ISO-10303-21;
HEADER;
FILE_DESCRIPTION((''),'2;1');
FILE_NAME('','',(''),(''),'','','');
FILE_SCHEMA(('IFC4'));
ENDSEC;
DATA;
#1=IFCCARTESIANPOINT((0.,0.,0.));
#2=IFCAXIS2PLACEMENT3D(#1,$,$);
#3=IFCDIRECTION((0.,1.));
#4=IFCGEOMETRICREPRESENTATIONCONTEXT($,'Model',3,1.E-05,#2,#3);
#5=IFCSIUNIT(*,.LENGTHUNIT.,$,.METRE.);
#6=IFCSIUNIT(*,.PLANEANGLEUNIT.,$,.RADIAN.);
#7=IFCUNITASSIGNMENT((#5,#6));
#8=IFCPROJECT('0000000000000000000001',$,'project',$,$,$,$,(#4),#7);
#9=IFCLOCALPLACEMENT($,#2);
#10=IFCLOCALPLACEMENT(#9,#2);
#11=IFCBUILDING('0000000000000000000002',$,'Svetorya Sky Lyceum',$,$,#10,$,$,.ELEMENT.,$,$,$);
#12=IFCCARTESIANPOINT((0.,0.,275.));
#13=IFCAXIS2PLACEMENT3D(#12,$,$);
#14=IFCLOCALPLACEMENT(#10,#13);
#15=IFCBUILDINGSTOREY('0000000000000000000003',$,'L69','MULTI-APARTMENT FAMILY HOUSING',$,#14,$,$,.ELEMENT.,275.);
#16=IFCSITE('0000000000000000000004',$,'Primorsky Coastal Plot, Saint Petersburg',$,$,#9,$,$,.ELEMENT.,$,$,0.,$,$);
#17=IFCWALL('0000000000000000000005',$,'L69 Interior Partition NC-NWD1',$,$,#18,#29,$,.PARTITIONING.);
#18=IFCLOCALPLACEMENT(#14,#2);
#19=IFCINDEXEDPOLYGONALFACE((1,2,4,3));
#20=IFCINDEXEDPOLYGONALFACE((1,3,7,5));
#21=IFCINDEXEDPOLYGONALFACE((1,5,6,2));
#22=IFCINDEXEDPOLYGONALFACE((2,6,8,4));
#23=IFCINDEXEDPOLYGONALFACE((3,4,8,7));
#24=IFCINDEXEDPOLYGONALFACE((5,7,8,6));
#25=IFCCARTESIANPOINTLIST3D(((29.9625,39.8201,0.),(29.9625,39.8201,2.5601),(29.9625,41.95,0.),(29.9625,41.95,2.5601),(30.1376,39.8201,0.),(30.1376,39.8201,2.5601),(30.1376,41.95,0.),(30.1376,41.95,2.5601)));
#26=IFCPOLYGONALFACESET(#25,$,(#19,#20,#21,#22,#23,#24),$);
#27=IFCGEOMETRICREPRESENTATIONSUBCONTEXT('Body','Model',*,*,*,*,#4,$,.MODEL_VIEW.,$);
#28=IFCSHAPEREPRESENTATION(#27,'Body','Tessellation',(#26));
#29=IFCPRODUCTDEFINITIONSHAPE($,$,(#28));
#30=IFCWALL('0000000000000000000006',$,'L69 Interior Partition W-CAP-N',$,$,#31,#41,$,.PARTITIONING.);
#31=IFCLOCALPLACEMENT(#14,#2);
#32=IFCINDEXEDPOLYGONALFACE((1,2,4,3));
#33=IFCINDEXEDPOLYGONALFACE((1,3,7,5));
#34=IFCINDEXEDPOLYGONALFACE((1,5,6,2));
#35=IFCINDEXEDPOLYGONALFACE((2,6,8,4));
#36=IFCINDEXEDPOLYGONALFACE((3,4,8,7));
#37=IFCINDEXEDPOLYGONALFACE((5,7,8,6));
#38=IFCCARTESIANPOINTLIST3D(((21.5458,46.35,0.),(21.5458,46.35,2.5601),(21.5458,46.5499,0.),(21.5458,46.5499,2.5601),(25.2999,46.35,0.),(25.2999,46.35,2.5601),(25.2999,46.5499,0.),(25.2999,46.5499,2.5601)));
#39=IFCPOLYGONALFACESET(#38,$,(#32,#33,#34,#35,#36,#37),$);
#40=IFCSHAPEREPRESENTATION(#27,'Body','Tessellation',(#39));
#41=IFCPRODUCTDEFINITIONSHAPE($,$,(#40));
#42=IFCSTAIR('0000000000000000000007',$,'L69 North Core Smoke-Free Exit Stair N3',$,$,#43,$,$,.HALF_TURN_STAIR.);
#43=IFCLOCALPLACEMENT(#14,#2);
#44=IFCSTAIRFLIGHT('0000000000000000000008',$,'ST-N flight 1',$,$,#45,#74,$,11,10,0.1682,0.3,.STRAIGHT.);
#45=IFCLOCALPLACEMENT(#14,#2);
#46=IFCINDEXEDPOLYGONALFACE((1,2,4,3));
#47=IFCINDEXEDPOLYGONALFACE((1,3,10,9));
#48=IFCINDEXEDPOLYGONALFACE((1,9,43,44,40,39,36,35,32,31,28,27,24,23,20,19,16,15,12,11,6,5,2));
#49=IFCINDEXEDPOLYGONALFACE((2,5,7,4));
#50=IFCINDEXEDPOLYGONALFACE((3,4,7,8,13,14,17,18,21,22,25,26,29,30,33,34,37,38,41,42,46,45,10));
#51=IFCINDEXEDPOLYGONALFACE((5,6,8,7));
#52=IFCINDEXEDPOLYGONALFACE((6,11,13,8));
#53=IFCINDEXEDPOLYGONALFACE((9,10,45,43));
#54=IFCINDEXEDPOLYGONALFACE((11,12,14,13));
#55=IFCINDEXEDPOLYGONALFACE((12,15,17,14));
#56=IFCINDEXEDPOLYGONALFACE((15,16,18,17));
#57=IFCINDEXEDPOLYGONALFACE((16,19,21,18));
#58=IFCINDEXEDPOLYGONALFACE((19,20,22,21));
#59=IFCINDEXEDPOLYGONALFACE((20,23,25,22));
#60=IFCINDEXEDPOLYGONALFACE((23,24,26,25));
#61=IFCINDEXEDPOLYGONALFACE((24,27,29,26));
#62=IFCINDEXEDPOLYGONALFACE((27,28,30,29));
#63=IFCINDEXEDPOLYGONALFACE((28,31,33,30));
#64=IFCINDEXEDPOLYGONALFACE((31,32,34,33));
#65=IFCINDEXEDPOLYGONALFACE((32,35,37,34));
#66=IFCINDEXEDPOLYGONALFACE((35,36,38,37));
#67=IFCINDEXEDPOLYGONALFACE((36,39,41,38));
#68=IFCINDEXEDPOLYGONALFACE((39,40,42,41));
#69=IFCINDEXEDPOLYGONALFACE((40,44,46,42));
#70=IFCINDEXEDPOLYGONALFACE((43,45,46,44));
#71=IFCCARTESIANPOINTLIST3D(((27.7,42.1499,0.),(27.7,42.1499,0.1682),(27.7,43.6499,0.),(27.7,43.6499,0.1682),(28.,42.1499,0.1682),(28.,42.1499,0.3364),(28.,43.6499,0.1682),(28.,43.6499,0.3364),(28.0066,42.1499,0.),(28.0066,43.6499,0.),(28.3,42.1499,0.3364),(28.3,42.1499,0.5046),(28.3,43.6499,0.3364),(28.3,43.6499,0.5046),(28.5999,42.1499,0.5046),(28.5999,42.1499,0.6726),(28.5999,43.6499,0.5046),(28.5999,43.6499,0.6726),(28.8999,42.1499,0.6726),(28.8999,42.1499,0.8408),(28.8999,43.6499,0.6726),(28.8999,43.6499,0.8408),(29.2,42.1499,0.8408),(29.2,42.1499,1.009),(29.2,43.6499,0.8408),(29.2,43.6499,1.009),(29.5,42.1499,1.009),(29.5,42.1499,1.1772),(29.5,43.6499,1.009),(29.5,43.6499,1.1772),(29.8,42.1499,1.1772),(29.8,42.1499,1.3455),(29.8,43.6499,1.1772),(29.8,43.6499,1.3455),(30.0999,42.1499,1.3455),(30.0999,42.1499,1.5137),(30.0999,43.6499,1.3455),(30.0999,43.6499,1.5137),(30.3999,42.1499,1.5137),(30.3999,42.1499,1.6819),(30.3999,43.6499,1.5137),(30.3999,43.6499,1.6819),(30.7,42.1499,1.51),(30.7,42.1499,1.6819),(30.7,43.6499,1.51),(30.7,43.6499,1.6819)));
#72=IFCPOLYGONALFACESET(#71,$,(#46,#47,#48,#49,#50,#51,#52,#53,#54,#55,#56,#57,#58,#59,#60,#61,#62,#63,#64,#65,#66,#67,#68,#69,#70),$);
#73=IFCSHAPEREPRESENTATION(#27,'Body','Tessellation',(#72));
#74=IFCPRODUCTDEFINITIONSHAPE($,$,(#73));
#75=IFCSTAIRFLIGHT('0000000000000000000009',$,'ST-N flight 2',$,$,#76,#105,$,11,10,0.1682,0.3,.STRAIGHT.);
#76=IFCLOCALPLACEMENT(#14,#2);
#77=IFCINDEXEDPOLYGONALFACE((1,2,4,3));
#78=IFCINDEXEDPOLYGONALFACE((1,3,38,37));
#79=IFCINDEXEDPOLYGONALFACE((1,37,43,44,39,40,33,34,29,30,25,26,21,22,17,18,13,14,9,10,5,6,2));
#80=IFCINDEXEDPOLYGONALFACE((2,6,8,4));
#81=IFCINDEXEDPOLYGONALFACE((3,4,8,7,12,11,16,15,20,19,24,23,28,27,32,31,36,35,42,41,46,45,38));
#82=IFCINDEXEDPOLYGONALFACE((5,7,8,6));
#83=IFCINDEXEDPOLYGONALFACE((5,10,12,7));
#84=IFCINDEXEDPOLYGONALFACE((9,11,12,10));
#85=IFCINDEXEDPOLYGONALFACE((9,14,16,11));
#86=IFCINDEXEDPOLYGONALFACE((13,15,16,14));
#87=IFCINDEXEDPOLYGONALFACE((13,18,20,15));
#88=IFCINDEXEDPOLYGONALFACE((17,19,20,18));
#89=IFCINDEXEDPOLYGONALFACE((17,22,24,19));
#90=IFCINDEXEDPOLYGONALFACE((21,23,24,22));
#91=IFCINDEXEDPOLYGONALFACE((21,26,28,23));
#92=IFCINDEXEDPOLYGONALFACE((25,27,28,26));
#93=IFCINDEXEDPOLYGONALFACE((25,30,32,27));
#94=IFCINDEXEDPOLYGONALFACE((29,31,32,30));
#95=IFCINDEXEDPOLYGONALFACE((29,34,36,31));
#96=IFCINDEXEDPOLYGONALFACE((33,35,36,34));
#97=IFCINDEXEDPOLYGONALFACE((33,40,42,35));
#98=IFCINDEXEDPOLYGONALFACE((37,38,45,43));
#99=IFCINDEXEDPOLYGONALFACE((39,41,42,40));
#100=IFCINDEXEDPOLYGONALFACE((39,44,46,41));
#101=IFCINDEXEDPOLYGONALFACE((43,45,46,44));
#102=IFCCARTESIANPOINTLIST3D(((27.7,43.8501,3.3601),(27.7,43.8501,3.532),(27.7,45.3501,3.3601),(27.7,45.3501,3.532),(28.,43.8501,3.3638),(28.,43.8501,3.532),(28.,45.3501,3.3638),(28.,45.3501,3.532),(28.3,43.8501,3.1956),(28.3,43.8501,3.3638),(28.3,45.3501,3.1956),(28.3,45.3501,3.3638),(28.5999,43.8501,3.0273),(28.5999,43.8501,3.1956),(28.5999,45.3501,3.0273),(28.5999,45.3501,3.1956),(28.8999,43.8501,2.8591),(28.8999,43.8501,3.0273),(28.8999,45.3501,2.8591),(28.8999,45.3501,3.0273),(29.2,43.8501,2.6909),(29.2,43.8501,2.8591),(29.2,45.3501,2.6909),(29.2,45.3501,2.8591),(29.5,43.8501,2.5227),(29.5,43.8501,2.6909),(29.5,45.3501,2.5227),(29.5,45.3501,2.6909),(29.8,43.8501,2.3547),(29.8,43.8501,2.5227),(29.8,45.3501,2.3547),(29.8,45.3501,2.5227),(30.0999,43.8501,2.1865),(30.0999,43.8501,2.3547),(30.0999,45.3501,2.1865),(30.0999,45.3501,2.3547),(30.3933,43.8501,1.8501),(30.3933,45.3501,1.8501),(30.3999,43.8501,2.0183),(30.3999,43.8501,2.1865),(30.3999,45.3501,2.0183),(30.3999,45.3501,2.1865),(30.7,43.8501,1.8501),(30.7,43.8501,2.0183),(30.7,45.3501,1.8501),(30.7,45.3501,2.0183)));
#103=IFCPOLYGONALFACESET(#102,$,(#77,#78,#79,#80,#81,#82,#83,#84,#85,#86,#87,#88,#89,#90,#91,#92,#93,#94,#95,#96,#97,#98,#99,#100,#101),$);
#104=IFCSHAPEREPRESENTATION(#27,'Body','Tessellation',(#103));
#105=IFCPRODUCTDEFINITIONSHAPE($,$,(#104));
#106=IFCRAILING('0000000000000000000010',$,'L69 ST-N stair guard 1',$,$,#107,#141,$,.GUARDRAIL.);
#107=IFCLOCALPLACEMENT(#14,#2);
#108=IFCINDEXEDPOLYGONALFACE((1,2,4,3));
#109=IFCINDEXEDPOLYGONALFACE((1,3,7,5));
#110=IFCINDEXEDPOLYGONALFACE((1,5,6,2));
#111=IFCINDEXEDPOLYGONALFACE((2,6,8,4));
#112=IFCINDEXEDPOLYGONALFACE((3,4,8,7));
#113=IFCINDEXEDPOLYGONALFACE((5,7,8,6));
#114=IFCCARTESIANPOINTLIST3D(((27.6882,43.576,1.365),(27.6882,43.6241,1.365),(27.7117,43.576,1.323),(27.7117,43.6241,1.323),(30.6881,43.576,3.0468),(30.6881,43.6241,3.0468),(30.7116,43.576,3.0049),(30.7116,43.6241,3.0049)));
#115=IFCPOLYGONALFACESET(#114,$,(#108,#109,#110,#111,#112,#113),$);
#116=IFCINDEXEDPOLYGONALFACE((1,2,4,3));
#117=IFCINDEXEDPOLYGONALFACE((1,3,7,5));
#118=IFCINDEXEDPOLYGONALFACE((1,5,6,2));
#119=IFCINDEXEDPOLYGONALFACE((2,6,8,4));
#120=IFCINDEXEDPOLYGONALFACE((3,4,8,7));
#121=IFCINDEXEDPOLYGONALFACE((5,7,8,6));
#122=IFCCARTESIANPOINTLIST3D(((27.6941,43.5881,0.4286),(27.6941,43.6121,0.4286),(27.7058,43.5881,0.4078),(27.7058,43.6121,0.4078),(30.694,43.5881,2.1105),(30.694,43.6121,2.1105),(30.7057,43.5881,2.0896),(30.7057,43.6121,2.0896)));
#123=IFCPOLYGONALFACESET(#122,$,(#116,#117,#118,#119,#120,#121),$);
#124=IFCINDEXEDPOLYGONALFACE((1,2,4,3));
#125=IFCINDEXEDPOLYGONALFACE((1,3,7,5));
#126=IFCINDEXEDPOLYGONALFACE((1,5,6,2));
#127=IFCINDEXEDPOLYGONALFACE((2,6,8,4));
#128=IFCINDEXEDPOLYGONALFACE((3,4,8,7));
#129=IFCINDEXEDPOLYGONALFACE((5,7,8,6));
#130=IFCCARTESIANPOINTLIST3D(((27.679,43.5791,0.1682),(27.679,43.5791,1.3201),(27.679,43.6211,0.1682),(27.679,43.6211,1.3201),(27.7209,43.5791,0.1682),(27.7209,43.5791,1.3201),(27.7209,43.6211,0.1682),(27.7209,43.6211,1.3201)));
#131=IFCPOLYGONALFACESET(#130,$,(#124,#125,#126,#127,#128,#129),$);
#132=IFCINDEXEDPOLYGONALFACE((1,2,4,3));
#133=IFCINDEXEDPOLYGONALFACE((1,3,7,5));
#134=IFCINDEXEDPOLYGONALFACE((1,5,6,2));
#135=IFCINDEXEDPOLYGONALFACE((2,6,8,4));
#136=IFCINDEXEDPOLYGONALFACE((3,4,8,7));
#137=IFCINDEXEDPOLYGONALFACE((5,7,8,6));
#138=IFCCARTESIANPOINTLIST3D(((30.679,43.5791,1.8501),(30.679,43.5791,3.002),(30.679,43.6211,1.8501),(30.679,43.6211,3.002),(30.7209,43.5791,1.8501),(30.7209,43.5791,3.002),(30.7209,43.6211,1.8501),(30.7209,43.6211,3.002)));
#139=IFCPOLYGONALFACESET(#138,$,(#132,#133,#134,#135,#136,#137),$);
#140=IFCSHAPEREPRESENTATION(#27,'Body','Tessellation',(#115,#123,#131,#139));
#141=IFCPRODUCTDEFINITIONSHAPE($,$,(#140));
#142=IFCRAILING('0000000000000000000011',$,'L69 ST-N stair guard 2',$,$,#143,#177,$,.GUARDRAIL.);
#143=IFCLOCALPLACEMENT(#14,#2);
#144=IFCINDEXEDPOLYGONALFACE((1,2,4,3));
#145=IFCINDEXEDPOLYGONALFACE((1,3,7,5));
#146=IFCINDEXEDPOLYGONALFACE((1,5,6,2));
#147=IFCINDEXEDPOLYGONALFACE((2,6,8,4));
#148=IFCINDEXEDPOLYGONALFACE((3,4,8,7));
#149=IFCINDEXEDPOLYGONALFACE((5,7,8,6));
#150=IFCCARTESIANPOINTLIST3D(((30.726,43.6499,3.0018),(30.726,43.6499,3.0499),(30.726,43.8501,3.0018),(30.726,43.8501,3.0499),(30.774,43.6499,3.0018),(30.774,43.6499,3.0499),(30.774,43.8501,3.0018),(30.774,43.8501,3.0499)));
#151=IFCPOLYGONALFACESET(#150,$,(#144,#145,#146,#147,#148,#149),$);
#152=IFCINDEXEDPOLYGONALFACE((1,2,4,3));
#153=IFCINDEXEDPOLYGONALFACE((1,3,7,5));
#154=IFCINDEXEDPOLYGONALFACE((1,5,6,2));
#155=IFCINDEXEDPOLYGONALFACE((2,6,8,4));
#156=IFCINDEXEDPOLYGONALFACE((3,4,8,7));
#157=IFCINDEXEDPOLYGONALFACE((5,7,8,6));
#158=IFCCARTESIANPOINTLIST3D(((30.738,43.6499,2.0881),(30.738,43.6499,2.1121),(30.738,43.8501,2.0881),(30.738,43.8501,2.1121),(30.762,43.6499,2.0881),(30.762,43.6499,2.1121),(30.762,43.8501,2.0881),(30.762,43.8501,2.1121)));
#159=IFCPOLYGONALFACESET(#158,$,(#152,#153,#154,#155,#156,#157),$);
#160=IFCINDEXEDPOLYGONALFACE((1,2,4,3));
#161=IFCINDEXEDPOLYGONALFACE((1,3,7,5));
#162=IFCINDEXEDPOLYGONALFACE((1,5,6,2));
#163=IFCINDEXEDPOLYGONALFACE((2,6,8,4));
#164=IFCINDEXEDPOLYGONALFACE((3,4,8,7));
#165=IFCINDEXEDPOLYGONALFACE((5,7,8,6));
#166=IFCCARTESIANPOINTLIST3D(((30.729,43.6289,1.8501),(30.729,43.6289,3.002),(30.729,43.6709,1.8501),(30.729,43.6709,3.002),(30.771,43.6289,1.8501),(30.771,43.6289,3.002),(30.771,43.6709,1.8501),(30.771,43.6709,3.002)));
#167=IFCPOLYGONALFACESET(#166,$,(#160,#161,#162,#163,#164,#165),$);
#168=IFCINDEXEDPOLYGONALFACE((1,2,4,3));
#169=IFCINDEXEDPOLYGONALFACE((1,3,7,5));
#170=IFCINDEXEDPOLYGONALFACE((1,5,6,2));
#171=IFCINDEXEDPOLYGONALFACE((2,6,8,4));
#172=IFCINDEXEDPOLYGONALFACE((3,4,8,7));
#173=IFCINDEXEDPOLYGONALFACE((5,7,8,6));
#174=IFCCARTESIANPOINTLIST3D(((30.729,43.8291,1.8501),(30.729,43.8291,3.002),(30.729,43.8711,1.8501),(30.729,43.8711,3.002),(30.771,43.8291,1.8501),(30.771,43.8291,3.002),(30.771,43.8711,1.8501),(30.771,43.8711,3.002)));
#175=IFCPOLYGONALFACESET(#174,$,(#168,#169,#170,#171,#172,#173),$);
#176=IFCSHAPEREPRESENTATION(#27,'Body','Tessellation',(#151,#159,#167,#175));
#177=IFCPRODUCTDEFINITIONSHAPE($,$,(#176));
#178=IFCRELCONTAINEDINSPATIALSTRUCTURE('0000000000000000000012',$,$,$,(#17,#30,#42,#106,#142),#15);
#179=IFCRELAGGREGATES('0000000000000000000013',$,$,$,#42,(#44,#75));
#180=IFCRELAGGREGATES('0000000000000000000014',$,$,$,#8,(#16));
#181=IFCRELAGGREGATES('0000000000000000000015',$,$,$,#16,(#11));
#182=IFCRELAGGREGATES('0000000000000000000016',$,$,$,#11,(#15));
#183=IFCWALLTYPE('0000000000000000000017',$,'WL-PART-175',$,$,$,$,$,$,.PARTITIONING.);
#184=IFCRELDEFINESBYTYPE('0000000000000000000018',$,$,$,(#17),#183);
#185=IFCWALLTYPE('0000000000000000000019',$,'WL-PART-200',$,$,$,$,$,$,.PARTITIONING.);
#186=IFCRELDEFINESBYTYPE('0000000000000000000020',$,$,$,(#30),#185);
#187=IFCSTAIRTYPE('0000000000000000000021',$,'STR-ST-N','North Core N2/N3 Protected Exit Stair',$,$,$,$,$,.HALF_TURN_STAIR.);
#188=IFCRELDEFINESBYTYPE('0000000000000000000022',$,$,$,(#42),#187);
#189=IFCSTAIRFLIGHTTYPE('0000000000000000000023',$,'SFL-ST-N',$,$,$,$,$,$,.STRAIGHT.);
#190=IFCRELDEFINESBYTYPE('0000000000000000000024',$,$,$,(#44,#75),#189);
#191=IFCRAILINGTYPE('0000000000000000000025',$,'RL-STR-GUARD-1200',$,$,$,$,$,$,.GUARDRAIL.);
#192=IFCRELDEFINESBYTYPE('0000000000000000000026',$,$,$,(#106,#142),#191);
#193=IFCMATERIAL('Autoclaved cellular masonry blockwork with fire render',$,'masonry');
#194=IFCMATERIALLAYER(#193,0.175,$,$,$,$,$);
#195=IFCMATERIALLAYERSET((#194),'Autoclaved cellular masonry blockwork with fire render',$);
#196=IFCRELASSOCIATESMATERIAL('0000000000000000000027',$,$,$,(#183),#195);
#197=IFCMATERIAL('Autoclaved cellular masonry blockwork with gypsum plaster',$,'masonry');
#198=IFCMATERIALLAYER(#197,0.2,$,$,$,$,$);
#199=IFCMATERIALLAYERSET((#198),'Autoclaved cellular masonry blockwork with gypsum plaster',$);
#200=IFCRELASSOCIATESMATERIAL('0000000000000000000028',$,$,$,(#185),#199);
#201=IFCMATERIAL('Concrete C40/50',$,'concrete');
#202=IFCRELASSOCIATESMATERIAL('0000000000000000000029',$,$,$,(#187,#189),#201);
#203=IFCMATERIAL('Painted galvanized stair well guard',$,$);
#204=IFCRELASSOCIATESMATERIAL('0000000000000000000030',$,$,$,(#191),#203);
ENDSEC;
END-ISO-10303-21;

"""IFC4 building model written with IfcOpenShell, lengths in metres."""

from ifc_helpers import new_model, si_unit, direction, frame, frame_2d, origin, origin_2d, place, context, subcontext, project, spatial, polyline, rectangle, outline, extrude, material, layer, layer_set, type_object, element, aggregate, save


model = new_model("IFC4")

# Units and contexts
model_context = context("Model", 3, precision=1e-05, world=origin(), true_north=direction((0.0, 1.0)))
body_context = subcontext(model_context, "Body", "Model", "MODEL_VIEW")
ifc_project = project(units=[si_unit("LENGTHUNIT", "METRE"), si_unit("PLANEANGLEUNIT", "RADIAN")], contexts=[model_context])

# Site, building, storey
site_placement = place(None, origin())
site = spatial("IfcSite", under=ifc_project, at=site_placement, Name="Primorsky Coastal Plot, Saint Petersburg", CompositionType="ELEMENT", RefElevation=0.0)
building_placement = place(site_placement, origin())
building = spatial("IfcBuilding", under=site, at=building_placement, Name="Svetorya Sky Lyceum", CompositionType="ELEMENT")
storey_placement = place(building_placement, frame((0.0, 0.0, 275.0)))
storey = spatial("IfcBuildingStorey", under=building, at=storey_placement, Name="L69", Description="MULTI-APARTMENT FAMILY HOUSING", CompositionType="ELEMENT", Elevation=275.0)

# Shared definitions
ifc_material_1 = material(Name="Concrete C40/50", Category="concrete")

# Walls
ifc_material_2 = material(Name="Autoclaved cellular masonry blockwork with fire render", Category="masonry")
ifc_layer_1 = layer(ifc_material_2, 0.175)
ifc_layer_set_1 = layer_set([ifc_layer_1], Name="Autoclaved cellular masonry blockwork with fire render")
wall_type_1 = type_object("IfcWallType", Name="WL-PART-175", PredefinedType="PARTITIONING", material=ifc_layer_set_1)
wall_1_placement = place(storey_placement, frame((30.05, 39.8201, 0.0), z_axis=(0.0, 0.0, 1.0), x_axis=(0.0, 1.0, 0.0)))
element("IfcWall", 1, at=wall_1_placement, inside=storey, type_object=wall_type_1, Name="L69 Interior Partition NC-NWD1", PredefinedType="PARTITIONING", context=body_context, shape_type="SweptSolid", body=[
    extrude(rectangle(XDim=2.1299, YDim=0.175, at=frame_2d((1.0649, 0.0))), origin(), (0.0, 0.0, 1.0), 2.5601),
])
ifc_material_3 = material(Name="Autoclaved cellular masonry blockwork with gypsum plaster", Category="masonry")
ifc_layer_2 = layer(ifc_material_3, 0.2)
ifc_layer_set_2 = layer_set([ifc_layer_2], Name="Autoclaved cellular masonry blockwork with gypsum plaster")
wall_type_2 = type_object("IfcWallType", Name="WL-PART-200", PredefinedType="PARTITIONING", material=ifc_layer_set_2)
wall_2_placement = place(storey_placement, frame((21.5459, 46.45, 0.0), z_axis=(0.0, 0.0, 1.0), x_axis=(1.0, 0.0, 0.0)))
element("IfcWall", 2, at=wall_2_placement, inside=storey, type_object=wall_type_2, Name="L69 Interior Partition W-CAP-N", PredefinedType="PARTITIONING", context=body_context, shape_type="SweptSolid", body=[
    extrude(rectangle(XDim=3.7542, YDim=0.2, at=frame_2d((1.877, 0.0))), origin(), (0.0, 0.0, 1.0), 2.5601),
])

# Stair, stair flights
stair_type = type_object("IfcStairType", Name="STR-ST-N", Description="North Core N2/N3 Protected Exit Stair", PredefinedType="HALF_TURN_STAIR", material=ifc_material_1)
stair_placement = place(storey_placement, origin())
stair = element("IfcStair", 3, at=stair_placement, inside=storey, type_object=stair_type, Name="L69 North Core Smoke-Free Exit Stair N3", PredefinedType="HALF_TURN_STAIR")
stair_flight_type = type_object("IfcStairFlightType", Name="SFL-ST-N", PredefinedType="STRAIGHT", material=ifc_material_1)
stair_flight_1_placement = place(storey_placement, frame((27.7, 42.8999, 0.0), z_axis=(0.0, 0.0, 1.0), x_axis=(1.0, 0.0, 0.0)))
stair_flight_1 = element("IfcStairFlight", 4, at=stair_flight_1_placement, type_object=stair_flight_type, Name="ST-N flight 1", NumberOfRisers=11, NumberOfTreads=10, PredefinedType="STRAIGHT", RiserHeight=0.1682, TreadLength=0.3, context=body_context, shape_type="SweptSolid", body=[
    extrude(outline(polyline([(0.0, 0.0), (0.0, 0.1682), (0.3, 0.1682), (0.3, 0.3364), (0.6001, 0.3364), (0.6001, 0.5046), (0.8999, 0.5046), (0.8999, 0.6726), (1.2, 0.6726), (1.2, 0.8408), (1.5, 0.8408), (1.5, 1.009), (1.8, 1.009), (1.8, 1.1772), (2.1001, 1.1772), (2.1001, 1.3455), (2.3999, 1.3455), (2.3999, 1.5137), (2.7, 1.5137), (2.7, 1.6819), (3.0, 1.6819), (3.0, 1.8501), (3.0, 1.51), (0.3066, 0.0), (0.0, 0.0)])), frame((0.0, 0.75, 0.0), z_axis=(0.0, -1.0, 0.0), x_axis=(1.0, 0.0, 0.0)), (0.0, 0.0, 1.0), 1.5),
])
stair_flight_2_placement = place(storey_placement, frame((30.7, 44.6001, 1.8501), z_axis=(0.0, 0.0, 1.0), x_axis=(-1.0, 0.0, 0.0)))
stair_flight_2 = element("IfcStairFlight", 5, at=stair_flight_2_placement, type_object=stair_flight_type, Name="ST-N flight 2", NumberOfRisers=11, NumberOfTreads=10, PredefinedType="STRAIGHT", RiserHeight=0.1682, TreadLength=0.3, context=body_context, shape_type="SweptSolid", body=[
    extrude(outline(polyline([(0.0, 0.0), (0.0, 0.1682), (0.3, 0.1682), (0.3, 0.3364), (0.6001, 0.3364), (0.6001, 0.5046), (0.8999, 0.5046), (0.8999, 0.6726), (1.2, 0.6726), (1.2, 0.8408), (1.5, 0.8408), (1.5, 1.009), (1.8, 1.009), (1.8, 1.1772), (2.1001, 1.1772), (2.1001, 1.3455), (2.3999, 1.3455), (2.3999, 1.5137), (2.7, 1.5137), (2.7, 1.6819), (3.0, 1.6819), (3.0, 1.8501), (3.0, 1.51), (0.3066, 0.0), (0.0, 0.0)])), frame((0.0, 0.75, 0.0), z_axis=(0.0, -1.0, 0.0), x_axis=(1.0, 0.0, 0.0)), (0.0, 0.0, 1.0), 1.5),
])
aggregate(stair, [stair_flight_1, stair_flight_2])

# Railings
ifc_material_4 = material(Name="Painted galvanized stair well guard")
railing_type_1 = type_object("IfcRailingType", Name="RL-STR-GUARD-1200", PredefinedType="GUARDRAIL", material=ifc_material_4)
railing_1_placement = place(storey_placement, frame((27.7, 43.6001, 0.1682)))
element("IfcRailing", 6, at=railing_1_placement, inside=storey, type_object=railing_type_1, Name="L69 ST-N stair guard 1", PredefinedType="GUARDRAIL", context=body_context, shape_type="SweptSolid", body=[
    extrude(rectangle(XDim=0.0481, YDim=0.0481, at=origin_2d()), frame((0.0, 0.0, 1.1758), z_axis=(0.872272, 0.0, 0.48902), x_axis=(0.0, 1.0, 0.0)), (0.0, 0.0, 1.0), 3.4392),
    extrude(rectangle(XDim=0.0239, YDim=0.0239, at=origin_2d()), frame((0.0, 0.0, 0.25), z_axis=(0.872272, 0.0, 0.48902), x_axis=(0.0, 1.0, 0.0)), (0.0, 0.0, 1.0), 3.4392),
    extrude(rectangle(XDim=0.042, YDim=0.042, at=origin_2d()), origin(), (0.0, 0.0, 1.0), 1.1519),
    extrude(rectangle(XDim=0.042, YDim=0.042, at=origin_2d()), frame((3.0, 0.0, 1.6819)), (0.0, 0.0, 1.0), 1.1519),
])
railing_2_placement = place(storey_placement, frame((30.75, 43.6499, 1.8501)))
element("IfcRailing", 7, at=railing_2_placement, inside=storey, type_object=railing_type_1, Name="L69 ST-N stair guard 2", PredefinedType="GUARDRAIL", context=body_context, shape_type="SweptSolid", body=[
    extrude(rectangle(XDim=0.0481, YDim=0.0481, at=origin_2d()), frame((0.0, 0.0, 1.1758), z_axis=(0.0, 1.0, 0.0), x_axis=(-1.0, 0.0, 0.0)), (0.0, 0.0, 1.0), 0.2002),
    extrude(rectangle(XDim=0.0239, YDim=0.0239, at=origin_2d()), frame((0.0, 0.0, 0.25), z_axis=(0.0, 1.0, 0.0), x_axis=(-1.0, 0.0, 0.0)), (0.0, 0.0, 1.0), 0.2002),
    extrude(rectangle(XDim=0.042, YDim=0.042, at=origin_2d()), origin(), (0.0, 0.0, 1.0), 1.1519),
    extrude(rectangle(XDim=0.042, YDim=0.042, at=origin_2d()), frame((0.0, 0.2002, 0.0)), (0.0, 0.0, 1.0), 1.1519),
])

save(model, "model.ifc")
